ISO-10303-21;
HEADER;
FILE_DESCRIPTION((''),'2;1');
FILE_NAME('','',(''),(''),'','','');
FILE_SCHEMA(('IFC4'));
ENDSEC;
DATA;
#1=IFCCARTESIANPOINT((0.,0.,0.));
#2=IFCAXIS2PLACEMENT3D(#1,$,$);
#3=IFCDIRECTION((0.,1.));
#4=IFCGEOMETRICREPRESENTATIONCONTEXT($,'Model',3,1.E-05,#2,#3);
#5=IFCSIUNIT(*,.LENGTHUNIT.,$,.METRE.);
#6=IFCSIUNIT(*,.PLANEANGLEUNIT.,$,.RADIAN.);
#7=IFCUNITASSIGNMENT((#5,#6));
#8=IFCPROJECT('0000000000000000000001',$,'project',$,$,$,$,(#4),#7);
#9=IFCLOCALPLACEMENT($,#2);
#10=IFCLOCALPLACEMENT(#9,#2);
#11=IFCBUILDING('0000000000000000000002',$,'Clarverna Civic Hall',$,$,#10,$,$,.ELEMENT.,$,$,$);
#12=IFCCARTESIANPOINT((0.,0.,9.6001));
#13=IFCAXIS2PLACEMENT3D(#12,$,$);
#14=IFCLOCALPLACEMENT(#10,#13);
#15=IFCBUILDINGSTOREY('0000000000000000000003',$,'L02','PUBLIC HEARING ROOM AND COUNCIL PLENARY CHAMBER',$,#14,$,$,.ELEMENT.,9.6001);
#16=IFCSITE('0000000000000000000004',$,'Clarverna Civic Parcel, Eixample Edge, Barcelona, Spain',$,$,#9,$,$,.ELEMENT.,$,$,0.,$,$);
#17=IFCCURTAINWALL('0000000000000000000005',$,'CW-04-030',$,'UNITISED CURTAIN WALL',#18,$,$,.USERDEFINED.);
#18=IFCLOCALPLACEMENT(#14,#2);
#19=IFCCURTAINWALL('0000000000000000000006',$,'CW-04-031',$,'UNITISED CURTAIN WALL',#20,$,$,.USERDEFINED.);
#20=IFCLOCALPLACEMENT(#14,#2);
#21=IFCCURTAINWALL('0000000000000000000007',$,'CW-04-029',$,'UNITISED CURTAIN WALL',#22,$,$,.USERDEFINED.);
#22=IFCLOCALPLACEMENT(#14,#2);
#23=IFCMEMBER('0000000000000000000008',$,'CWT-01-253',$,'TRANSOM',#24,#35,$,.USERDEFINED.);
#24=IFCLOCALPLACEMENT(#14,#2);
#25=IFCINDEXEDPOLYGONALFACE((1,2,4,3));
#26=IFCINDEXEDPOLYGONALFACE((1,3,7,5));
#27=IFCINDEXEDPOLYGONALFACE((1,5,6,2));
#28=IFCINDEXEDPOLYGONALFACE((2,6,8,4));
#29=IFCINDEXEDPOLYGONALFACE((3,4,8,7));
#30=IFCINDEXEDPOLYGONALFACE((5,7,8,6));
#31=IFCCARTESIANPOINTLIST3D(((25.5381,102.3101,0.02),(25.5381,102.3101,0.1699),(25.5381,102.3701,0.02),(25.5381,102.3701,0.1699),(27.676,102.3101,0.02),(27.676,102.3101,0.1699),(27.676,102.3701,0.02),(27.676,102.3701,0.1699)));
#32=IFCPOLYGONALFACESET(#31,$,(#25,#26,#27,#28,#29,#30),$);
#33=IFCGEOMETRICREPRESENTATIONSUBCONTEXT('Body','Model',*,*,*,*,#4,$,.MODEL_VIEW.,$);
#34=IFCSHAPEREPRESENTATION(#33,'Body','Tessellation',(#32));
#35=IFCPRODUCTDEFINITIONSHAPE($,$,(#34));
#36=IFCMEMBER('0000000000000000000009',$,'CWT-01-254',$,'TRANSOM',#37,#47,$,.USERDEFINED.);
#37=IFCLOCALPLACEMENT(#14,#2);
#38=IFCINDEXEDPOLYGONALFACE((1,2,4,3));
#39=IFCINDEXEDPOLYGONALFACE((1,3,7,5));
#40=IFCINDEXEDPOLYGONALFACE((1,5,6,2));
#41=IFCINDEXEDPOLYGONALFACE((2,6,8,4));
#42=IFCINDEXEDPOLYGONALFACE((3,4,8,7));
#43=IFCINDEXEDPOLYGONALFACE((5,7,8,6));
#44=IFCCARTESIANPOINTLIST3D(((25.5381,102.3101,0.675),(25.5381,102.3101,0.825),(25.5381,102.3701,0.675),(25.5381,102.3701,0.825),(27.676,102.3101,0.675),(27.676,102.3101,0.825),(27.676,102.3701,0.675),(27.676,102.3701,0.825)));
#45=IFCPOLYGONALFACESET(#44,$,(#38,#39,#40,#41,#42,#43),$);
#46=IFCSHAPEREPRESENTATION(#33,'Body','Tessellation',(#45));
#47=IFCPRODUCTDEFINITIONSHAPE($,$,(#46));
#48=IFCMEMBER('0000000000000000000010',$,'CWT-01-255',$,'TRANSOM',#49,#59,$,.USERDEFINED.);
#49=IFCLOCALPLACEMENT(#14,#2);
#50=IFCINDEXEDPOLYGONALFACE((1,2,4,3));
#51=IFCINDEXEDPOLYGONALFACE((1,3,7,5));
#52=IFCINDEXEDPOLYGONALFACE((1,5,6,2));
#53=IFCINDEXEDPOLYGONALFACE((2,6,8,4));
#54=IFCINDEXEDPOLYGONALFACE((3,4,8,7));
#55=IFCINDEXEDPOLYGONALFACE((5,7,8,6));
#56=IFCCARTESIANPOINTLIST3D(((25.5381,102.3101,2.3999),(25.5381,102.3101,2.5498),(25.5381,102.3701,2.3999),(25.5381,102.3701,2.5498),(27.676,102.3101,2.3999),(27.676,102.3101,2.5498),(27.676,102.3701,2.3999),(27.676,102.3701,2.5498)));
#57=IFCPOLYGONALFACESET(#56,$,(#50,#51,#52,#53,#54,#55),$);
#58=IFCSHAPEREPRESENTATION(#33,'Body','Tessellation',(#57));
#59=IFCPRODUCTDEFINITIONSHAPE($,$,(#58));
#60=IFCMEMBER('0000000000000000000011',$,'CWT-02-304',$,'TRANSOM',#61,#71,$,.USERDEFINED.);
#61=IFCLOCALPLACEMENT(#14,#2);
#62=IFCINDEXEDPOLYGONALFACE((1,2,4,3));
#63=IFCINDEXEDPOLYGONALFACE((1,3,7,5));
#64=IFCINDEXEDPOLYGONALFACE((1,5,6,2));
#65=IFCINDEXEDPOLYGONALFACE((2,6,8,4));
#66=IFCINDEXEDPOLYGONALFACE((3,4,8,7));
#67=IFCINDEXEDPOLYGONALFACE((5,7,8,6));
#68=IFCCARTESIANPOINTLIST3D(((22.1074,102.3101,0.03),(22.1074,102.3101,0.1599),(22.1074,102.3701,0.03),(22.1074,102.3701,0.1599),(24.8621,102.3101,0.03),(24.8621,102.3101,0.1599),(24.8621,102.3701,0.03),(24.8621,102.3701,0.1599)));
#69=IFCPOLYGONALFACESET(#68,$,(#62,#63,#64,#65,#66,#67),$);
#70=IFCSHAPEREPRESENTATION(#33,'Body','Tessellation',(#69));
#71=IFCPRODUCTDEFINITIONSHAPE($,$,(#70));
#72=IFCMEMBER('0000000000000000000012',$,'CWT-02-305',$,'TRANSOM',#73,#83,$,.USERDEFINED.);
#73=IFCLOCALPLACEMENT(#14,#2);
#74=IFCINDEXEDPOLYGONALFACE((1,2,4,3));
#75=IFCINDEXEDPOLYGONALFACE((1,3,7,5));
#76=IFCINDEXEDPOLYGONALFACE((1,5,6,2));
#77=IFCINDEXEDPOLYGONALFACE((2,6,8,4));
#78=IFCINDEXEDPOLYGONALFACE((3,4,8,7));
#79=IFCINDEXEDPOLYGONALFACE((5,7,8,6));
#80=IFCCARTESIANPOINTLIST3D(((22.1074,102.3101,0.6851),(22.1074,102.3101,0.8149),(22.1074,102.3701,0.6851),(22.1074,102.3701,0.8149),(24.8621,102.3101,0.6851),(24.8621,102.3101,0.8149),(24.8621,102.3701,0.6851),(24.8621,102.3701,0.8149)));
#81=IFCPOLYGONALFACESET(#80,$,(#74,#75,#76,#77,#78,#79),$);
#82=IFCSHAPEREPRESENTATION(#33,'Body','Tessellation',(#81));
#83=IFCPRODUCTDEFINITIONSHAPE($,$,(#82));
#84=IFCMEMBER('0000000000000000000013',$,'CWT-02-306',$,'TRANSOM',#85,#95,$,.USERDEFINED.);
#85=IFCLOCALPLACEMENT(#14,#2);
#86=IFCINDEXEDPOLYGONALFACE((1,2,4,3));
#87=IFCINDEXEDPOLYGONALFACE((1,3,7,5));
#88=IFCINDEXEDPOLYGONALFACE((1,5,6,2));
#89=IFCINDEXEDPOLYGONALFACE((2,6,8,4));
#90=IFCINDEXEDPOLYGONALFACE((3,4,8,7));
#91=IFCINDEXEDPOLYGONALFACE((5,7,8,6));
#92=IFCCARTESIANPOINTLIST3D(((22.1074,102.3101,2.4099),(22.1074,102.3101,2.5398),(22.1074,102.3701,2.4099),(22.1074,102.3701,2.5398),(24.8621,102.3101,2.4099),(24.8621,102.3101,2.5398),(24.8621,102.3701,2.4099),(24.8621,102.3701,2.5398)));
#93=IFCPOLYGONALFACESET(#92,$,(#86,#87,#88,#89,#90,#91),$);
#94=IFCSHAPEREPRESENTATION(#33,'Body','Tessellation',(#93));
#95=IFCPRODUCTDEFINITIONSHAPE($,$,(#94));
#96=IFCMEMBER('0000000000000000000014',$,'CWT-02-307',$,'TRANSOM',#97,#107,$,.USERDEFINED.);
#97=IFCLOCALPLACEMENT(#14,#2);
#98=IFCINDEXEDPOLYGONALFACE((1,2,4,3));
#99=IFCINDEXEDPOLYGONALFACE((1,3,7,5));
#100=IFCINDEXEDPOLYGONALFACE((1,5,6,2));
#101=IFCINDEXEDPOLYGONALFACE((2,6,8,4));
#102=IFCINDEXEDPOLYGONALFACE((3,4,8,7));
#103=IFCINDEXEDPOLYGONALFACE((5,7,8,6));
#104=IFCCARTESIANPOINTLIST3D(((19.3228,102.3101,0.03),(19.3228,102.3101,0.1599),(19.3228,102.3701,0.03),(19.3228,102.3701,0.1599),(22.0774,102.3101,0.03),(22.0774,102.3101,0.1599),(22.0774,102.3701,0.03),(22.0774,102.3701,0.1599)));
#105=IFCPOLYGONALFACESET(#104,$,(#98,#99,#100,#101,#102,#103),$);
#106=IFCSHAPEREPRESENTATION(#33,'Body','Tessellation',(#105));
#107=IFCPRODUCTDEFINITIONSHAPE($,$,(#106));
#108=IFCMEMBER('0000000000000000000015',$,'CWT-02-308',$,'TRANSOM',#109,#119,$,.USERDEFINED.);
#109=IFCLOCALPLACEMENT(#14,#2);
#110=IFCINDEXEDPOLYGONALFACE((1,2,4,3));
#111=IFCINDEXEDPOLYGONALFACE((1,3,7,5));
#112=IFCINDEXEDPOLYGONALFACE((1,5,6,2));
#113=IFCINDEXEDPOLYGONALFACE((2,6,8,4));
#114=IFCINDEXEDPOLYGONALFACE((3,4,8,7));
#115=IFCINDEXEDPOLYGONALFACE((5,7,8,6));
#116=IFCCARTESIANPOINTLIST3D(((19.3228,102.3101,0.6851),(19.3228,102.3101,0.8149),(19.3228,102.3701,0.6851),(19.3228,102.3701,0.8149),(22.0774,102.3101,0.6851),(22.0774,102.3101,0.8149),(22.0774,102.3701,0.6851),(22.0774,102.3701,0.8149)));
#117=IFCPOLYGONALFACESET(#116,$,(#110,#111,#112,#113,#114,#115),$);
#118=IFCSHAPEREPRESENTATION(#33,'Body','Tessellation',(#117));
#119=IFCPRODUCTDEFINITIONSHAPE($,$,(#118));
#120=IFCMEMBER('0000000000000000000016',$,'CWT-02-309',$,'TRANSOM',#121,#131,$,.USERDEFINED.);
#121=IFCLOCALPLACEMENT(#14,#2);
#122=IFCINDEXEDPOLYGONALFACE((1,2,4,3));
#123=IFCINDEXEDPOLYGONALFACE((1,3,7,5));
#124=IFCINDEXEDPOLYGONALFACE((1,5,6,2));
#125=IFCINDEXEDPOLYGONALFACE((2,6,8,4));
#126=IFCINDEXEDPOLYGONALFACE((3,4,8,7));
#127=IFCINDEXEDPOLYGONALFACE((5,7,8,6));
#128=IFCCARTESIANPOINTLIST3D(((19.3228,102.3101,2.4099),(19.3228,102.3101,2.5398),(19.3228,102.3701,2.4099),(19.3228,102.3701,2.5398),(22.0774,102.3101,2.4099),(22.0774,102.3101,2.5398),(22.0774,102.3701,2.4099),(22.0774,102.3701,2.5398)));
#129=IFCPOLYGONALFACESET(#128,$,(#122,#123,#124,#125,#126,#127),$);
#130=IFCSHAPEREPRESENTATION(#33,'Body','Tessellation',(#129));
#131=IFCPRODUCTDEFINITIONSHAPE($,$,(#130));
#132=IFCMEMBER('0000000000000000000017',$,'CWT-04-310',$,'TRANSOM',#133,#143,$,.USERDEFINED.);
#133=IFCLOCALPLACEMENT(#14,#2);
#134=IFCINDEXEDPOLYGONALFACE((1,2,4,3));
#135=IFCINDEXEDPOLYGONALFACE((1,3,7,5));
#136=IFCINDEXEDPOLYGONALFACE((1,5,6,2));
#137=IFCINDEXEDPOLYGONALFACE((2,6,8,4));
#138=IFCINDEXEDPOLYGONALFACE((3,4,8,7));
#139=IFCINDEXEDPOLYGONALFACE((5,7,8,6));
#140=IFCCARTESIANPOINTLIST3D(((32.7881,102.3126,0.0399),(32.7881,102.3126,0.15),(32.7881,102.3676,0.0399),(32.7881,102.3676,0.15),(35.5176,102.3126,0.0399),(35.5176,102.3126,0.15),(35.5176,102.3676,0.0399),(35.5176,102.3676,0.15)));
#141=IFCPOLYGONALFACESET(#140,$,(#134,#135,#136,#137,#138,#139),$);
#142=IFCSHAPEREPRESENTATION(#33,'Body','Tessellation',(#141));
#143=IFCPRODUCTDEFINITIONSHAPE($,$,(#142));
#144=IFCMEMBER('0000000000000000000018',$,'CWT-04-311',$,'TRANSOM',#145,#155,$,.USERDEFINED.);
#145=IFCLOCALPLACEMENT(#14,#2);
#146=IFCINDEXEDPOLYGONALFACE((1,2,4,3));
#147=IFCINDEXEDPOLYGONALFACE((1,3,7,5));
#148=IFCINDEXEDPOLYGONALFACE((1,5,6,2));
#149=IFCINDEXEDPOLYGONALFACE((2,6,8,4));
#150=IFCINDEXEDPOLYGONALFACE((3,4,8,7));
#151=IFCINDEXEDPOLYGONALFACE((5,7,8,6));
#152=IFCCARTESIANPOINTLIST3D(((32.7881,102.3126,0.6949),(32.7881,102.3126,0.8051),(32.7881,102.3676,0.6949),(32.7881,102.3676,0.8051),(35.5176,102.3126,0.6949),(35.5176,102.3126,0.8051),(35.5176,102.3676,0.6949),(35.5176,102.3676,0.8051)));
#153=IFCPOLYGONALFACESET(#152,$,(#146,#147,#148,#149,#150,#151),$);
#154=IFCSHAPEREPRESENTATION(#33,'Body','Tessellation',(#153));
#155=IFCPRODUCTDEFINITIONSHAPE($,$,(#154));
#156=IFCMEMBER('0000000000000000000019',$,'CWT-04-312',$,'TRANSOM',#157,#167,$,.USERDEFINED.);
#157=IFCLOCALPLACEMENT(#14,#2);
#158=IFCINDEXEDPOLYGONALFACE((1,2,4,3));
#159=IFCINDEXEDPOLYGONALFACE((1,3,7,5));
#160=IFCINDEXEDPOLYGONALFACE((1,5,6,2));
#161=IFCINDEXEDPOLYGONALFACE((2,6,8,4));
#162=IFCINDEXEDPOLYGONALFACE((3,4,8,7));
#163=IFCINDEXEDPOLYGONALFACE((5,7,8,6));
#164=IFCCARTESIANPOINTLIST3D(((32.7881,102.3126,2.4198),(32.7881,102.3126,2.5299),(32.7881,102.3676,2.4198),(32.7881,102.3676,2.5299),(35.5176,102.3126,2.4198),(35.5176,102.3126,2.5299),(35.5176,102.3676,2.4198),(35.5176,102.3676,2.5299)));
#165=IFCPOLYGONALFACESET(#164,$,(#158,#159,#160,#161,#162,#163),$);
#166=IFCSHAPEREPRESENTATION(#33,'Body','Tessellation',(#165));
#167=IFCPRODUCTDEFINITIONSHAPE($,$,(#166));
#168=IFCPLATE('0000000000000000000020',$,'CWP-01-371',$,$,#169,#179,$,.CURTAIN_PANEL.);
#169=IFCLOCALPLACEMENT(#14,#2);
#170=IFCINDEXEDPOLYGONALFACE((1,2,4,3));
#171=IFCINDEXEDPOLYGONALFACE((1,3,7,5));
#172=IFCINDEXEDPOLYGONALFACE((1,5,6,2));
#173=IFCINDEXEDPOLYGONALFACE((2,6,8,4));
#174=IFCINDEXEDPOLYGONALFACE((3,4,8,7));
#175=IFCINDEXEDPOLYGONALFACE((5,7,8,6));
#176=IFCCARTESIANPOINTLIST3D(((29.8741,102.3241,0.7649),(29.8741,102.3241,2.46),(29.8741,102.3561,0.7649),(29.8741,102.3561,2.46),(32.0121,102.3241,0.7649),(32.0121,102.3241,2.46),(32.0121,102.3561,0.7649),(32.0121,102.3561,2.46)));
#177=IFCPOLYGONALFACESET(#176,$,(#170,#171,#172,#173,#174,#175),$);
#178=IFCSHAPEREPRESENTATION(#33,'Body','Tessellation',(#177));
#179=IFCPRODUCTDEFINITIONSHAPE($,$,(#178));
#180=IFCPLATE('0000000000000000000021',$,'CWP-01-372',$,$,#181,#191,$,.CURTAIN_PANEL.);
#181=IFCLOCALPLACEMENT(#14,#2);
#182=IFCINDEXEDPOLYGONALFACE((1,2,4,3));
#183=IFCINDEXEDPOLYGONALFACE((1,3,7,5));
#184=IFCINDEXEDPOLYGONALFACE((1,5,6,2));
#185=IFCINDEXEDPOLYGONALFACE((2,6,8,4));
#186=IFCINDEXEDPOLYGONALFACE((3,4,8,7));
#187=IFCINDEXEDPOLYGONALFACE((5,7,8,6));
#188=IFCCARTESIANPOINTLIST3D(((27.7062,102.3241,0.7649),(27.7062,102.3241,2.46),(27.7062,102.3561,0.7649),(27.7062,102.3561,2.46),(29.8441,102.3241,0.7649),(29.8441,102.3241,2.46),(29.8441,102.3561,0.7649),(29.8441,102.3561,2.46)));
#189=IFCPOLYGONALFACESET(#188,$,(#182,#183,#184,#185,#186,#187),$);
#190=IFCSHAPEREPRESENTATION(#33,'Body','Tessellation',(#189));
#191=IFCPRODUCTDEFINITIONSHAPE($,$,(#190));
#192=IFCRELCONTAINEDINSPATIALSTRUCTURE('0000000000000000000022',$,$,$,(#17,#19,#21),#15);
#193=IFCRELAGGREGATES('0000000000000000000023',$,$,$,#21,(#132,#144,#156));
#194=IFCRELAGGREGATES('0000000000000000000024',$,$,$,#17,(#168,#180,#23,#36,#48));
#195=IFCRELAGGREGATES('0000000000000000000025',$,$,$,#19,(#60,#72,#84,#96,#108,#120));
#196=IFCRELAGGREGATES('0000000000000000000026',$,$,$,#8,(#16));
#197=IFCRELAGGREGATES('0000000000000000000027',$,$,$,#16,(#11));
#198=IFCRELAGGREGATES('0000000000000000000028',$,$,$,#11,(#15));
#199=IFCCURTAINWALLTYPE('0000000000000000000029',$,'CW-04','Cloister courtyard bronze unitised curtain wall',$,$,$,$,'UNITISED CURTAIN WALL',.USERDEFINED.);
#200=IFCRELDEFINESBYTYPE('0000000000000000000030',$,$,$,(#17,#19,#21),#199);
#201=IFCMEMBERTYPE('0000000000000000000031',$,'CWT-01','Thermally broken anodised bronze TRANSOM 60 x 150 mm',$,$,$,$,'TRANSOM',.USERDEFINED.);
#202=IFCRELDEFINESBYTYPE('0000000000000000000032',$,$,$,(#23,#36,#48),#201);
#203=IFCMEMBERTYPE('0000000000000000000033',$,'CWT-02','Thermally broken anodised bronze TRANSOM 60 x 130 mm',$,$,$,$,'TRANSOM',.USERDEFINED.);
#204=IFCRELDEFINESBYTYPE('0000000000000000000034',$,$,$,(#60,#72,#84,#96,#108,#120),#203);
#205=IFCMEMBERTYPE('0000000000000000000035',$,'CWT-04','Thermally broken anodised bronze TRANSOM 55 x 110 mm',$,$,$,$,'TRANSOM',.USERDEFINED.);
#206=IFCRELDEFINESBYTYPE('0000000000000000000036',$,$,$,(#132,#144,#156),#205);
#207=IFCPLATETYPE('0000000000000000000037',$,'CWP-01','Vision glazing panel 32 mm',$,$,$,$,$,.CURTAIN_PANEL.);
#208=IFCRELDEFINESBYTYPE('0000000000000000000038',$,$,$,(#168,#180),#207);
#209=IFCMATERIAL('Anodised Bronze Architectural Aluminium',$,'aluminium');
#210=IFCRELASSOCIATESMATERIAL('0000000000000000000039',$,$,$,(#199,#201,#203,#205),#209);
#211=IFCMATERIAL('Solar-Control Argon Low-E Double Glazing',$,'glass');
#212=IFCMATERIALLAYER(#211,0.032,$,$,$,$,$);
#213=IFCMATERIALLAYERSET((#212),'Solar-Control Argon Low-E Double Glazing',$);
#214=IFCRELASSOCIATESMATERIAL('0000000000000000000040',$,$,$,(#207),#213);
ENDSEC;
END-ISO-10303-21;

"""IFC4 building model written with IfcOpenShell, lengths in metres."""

from ifc_helpers import new_model, si_unit, direction, frame, frame_2d, origin, origin_2d, place, context, subcontext, project, spatial, rectangle, extrude, material, layer, layer_set, material_profile, profile_set, type_object, element, aggregate, save


model = new_model("IFC4")

# Units and contexts
model_context = context("Model", 3, precision=1e-05, world=origin(), true_north=direction((0.0, 1.0)))
body_context = subcontext(model_context, "Body", "Model", "MODEL_VIEW")
ifc_project = project(units=[si_unit("LENGTHUNIT", "METRE"), si_unit("PLANEANGLEUNIT", "RADIAN")], contexts=[model_context])

# Site, building, storey
site_placement = place(None, origin())
site = spatial("IfcSite", under=ifc_project, at=site_placement, Name="Clarverna Civic Parcel, Eixample Edge, Barcelona, Spain", CompositionType="ELEMENT", RefElevation=0.0)
building_placement = place(site_placement, origin())
building = spatial("IfcBuilding", under=site, at=building_placement, Name="Clarverna Civic Hall", CompositionType="ELEMENT")
storey_placement = place(building_placement, frame((0.0, 0.0, 9.6001)))
storey = spatial("IfcBuildingStorey", under=building, at=storey_placement, Name="L02", Description="PUBLIC HEARING ROOM AND COUNCIL PLENARY CHAMBER", CompositionType="ELEMENT", Elevation=9.6001)

# Curtain walls
ifc_material_1 = material(Name="Anodised Bronze Architectural Aluminium", Category="aluminium")
curtain_wall_type = type_object("IfcCurtainWallType", Name="CW-04", Description="Cloister courtyard bronze unitised curtain wall", ElementType="UNITISED CURTAIN WALL", PredefinedType="USERDEFINED", material=ifc_material_1)
curtain_wall_1_placement = place(storey_placement, origin())
curtain_wall_1 = element("IfcCurtainWall", 1, at=curtain_wall_1_placement, inside=storey, type_object=curtain_wall_type, Name="CW-04-030", ObjectType="UNITISED CURTAIN WALL", PredefinedType="USERDEFINED")
curtain_wall_2_placement = place(storey_placement, origin())
curtain_wall_2 = element("IfcCurtainWall", 2, at=curtain_wall_2_placement, inside=storey, type_object=curtain_wall_type, Name="CW-04-031", ObjectType="UNITISED CURTAIN WALL", PredefinedType="USERDEFINED")

# Curtain wall
curtain_wall_3_placement = place(storey_placement, origin())
curtain_wall_3 = element("IfcCurtainWall", 3, at=curtain_wall_3_placement, inside=storey, type_object=curtain_wall_type, Name="CW-04-029", ObjectType="UNITISED CURTAIN WALL", PredefinedType="USERDEFINED")

# Members
ifc_material_profile_1 = material_profile(ifc_material_1, rectangle(XDim=0.0601, YDim=0.1499, at=origin_2d()), Name="BRONZE 60x150")
ifc_profile_set_1 = profile_set([ifc_material_profile_1], Name="Anodised Bronze Architectural Aluminium")
member_type_1 = type_object("IfcMemberType", Name="CWT-01", Description="Thermally broken anodised bronze TRANSOM 60 x 150 mm", ElementType="TRANSOM", PredefinedType="USERDEFINED", material=ifc_profile_set_1)
member_1_placement = place(storey_placement, frame((27.676, 102.3401, 0.095), z_axis=(-1.0, 0.0, 0.0), x_axis=(0.0, -1.0, 0.0)))
member_1 = element("IfcMember", 4, at=member_1_placement, type_object=member_type_1, Name="CWT-01-253", ObjectType="TRANSOM", PredefinedType="USERDEFINED", context=body_context, shape_type="SweptSolid", body=[
    extrude(rectangle(XDim=0.0601, YDim=0.1499, at=origin_2d()), origin(), (0.0, 0.0, 1.0), 2.1379),
])
member_2_placement = place(storey_placement, frame((27.676, 102.3401, 0.75), z_axis=(-1.0, 0.0, 0.0), x_axis=(0.0, -1.0, 0.0)))
member_2 = element("IfcMember", 5, at=member_2_placement, type_object=member_type_1, Name="CWT-01-254", ObjectType="TRANSOM", PredefinedType="USERDEFINED", context=body_context, shape_type="SweptSolid", body=[
    extrude(rectangle(XDim=0.0601, YDim=0.1499, at=origin_2d()), origin(), (0.0, 0.0, 1.0), 2.1379),
])
member_3_placement = place(storey_placement, frame((27.676, 102.3401, 2.4749), z_axis=(-1.0, 0.0, 0.0), x_axis=(0.0, -1.0, 0.0)))
member_3 = element("IfcMember", 6, at=member_3_placement, type_object=member_type_1, Name="CWT-01-255", ObjectType="TRANSOM", PredefinedType="USERDEFINED", context=body_context, shape_type="SweptSolid", body=[
    extrude(rectangle(XDim=0.0601, YDim=0.1499, at=origin_2d()), origin(), (0.0, 0.0, 1.0), 2.1379),
])
ifc_material_profile_2 = material_profile(ifc_material_1, rectangle(XDim=0.0601, YDim=0.1299, at=origin_2d()), Name="BRONZE 60x130")
ifc_profile_set_2 = profile_set([ifc_material_profile_2], Name="Anodised Bronze Architectural Aluminium")
member_type_2 = type_object("IfcMemberType", Name="CWT-02", Description="Thermally broken anodised bronze TRANSOM 60 x 130 mm", ElementType="TRANSOM", PredefinedType="USERDEFINED", material=ifc_profile_set_2)
member_4_placement = place(storey_placement, frame((24.8621, 102.3401, 0.095), z_axis=(-1.0, 0.0, 0.0), x_axis=(0.0, -1.0, 0.0)))
member_4 = element("IfcMember", 7, at=member_4_placement, type_object=member_type_2, Name="CWT-02-304", ObjectType="TRANSOM", PredefinedType="USERDEFINED", context=body_context, shape_type="SweptSolid", body=[
    extrude(rectangle(XDim=0.0601, YDim=0.1299, at=origin_2d()), origin(), (0.0, 0.0, 1.0), 2.7546),
])
member_5_placement = place(storey_placement, frame((24.8621, 102.3401, 0.75), z_axis=(-1.0, 0.0, 0.0), x_axis=(0.0, -1.0, 0.0)))
member_5 = element("IfcMember", 8, at=member_5_placement, type_object=member_type_2, Name="CWT-02-305", ObjectType="TRANSOM", PredefinedType="USERDEFINED", context=body_context, shape_type="SweptSolid", body=[
    extrude(rectangle(XDim=0.0601, YDim=0.1299, at=origin_2d()), origin(), (0.0, 0.0, 1.0), 2.7546),
])
member_6_placement = place(storey_placement, frame((24.8621, 102.3401, 2.4749), z_axis=(-1.0, 0.0, 0.0), x_axis=(0.0, -1.0, 0.0)))
member_6 = element("IfcMember", 9, at=member_6_placement, type_object=member_type_2, Name="CWT-02-306", ObjectType="TRANSOM", PredefinedType="USERDEFINED", context=body_context, shape_type="SweptSolid", body=[
    extrude(rectangle(XDim=0.0601, YDim=0.1299, at=origin_2d()), origin(), (0.0, 0.0, 1.0), 2.7546),
])
member_7_placement = place(storey_placement, frame((22.0774, 102.3401, 0.095), z_axis=(-1.0, 0.0, 0.0), x_axis=(0.0, -1.0, 0.0)))
member_7 = element("IfcMember", 10, at=member_7_placement, type_object=member_type_2, Name="CWT-02-307", ObjectType="TRANSOM", PredefinedType="USERDEFINED", context=body_context, shape_type="SweptSolid", body=[
    extrude(rectangle(XDim=0.0601, YDim=0.1299, at=origin_2d()), origin(), (0.0, 0.0, 1.0), 2.7546),
])
member_8_placement = place(storey_placement, frame((22.0774, 102.3401, 0.75), z_axis=(-1.0, 0.0, 0.0), x_axis=(0.0, -1.0, 0.0)))
member_8 = element("IfcMember", 11, at=member_8_placement, type_object=member_type_2, Name="CWT-02-308", ObjectType="TRANSOM", PredefinedType="USERDEFINED", context=body_context, shape_type="SweptSolid", body=[
    extrude(rectangle(XDim=0.0601, YDim=0.1299, at=origin_2d()), origin(), (0.0, 0.0, 1.0), 2.7546),
])
member_9_placement = place(storey_placement, frame((22.0774, 102.3401, 2.4749), z_axis=(-1.0, 0.0, 0.0), x_axis=(0.0, -1.0, 0.0)))
member_9 = element("IfcMember", 12, at=member_9_placement, type_object=member_type_2, Name="CWT-02-309", ObjectType="TRANSOM", PredefinedType="USERDEFINED", context=body_context, shape_type="SweptSolid", body=[
    extrude(rectangle(XDim=0.0601, YDim=0.1299, at=origin_2d()), origin(), (0.0, 0.0, 1.0), 2.7546),
])
ifc_material_profile_3 = material_profile(ifc_material_1, rectangle(XDim=0.0549, YDim=0.1101, at=origin_2d()), Name="BRONZE 55x110")
ifc_profile_set_3 = profile_set([ifc_material_profile_3], Name="Anodised Bronze Architectural Aluminium")
member_type_3 = type_object("IfcMemberType", Name="CWT-04", Description="Thermally broken anodised bronze TRANSOM 55 x 110 mm", ElementType="TRANSOM", PredefinedType="USERDEFINED", material=ifc_profile_set_3)
member_10_placement = place(storey_placement, frame((35.5176, 102.3401, 0.095), z_axis=(-1.0, 0.0, 0.0), x_axis=(0.0, -1.0, 0.0)))
member_10 = element("IfcMember", 13, at=member_10_placement, type_object=member_type_3, Name="CWT-04-310", ObjectType="TRANSOM", PredefinedType="USERDEFINED", context=body_context, shape_type="SweptSolid", body=[
    extrude(rectangle(XDim=0.0549, YDim=0.1101, at=origin_2d()), origin(), (0.0, 0.0, 1.0), 2.7295),
])
member_11_placement = place(storey_placement, frame((35.5176, 102.3401, 0.75), z_axis=(-1.0, 0.0, 0.0), x_axis=(0.0, -1.0, 0.0)))
member_11 = element("IfcMember", 14, at=member_11_placement, type_object=member_type_3, Name="CWT-04-311", ObjectType="TRANSOM", PredefinedType="USERDEFINED", context=body_context, shape_type="SweptSolid", body=[
    extrude(rectangle(XDim=0.0549, YDim=0.1101, at=origin_2d()), origin(), (0.0, 0.0, 1.0), 2.7295),
])
member_12_placement = place(storey_placement, frame((35.5176, 102.3401, 2.4749), z_axis=(-1.0, 0.0, 0.0), x_axis=(0.0, -1.0, 0.0)))
member_12 = element("IfcMember", 15, at=member_12_placement, type_object=member_type_3, Name="CWT-04-312", ObjectType="TRANSOM", PredefinedType="USERDEFINED", context=body_context, shape_type="SweptSolid", body=[
    extrude(rectangle(XDim=0.0549, YDim=0.1101, at=origin_2d()), origin(), (0.0, 0.0, 1.0), 2.7295),
])

# Plates
ifc_material_2 = material(Name="Solar-Control Argon Low-E Double Glazing", Category="glass")
ifc_layer_1 = layer(ifc_material_2, 0.032)
ifc_layer_set_1 = layer_set([ifc_layer_1], Name="Solar-Control Argon Low-E Double Glazing")
plate_type_1 = type_object("IfcPlateType", Name="CWP-01", Description="Vision glazing panel 32 mm", PredefinedType="CURTAIN_PANEL", material=ifc_layer_set_1)
plate_1_placement = place(storey_placement, frame((32.012, 102.3401, 0.7649), z_axis=(0.0, 0.0, 1.0), x_axis=(-1.0, 0.0, 0.0)))
plate_1 = element("IfcPlate", 16, at=plate_1_placement, type_object=plate_type_1, Name="CWP-01-371", PredefinedType="CURTAIN_PANEL", context=body_context, shape_type="SweptSolid", body=[
    extrude(rectangle(XDim=2.1379, YDim=0.032, at=frame_2d((1.0688, 0.0))), origin(), (0.0, 0.0, 1.0), 1.6951),
])
plate_2_placement = place(storey_placement, frame((29.844, 102.3401, 0.7649), z_axis=(0.0, 0.0, 1.0), x_axis=(-1.0, 0.0, 0.0)))
plate_2 = element("IfcPlate", 17, at=plate_2_placement, type_object=plate_type_1, Name="CWP-01-372", PredefinedType="CURTAIN_PANEL", context=body_context, shape_type="SweptSolid", body=[
    extrude(rectangle(XDim=2.1379, YDim=0.032, at=frame_2d((1.0688, 0.0))), origin(), (0.0, 0.0, 1.0), 1.6951),
])
aggregate(curtain_wall_3, [member_10, member_11, member_12])
aggregate(curtain_wall_1, [plate_1, plate_2, member_1, member_2, member_3])
aggregate(curtain_wall_2, [member_4, member_5, member_6, member_7, member_8, member_9])

save(model, "model.ifc")
